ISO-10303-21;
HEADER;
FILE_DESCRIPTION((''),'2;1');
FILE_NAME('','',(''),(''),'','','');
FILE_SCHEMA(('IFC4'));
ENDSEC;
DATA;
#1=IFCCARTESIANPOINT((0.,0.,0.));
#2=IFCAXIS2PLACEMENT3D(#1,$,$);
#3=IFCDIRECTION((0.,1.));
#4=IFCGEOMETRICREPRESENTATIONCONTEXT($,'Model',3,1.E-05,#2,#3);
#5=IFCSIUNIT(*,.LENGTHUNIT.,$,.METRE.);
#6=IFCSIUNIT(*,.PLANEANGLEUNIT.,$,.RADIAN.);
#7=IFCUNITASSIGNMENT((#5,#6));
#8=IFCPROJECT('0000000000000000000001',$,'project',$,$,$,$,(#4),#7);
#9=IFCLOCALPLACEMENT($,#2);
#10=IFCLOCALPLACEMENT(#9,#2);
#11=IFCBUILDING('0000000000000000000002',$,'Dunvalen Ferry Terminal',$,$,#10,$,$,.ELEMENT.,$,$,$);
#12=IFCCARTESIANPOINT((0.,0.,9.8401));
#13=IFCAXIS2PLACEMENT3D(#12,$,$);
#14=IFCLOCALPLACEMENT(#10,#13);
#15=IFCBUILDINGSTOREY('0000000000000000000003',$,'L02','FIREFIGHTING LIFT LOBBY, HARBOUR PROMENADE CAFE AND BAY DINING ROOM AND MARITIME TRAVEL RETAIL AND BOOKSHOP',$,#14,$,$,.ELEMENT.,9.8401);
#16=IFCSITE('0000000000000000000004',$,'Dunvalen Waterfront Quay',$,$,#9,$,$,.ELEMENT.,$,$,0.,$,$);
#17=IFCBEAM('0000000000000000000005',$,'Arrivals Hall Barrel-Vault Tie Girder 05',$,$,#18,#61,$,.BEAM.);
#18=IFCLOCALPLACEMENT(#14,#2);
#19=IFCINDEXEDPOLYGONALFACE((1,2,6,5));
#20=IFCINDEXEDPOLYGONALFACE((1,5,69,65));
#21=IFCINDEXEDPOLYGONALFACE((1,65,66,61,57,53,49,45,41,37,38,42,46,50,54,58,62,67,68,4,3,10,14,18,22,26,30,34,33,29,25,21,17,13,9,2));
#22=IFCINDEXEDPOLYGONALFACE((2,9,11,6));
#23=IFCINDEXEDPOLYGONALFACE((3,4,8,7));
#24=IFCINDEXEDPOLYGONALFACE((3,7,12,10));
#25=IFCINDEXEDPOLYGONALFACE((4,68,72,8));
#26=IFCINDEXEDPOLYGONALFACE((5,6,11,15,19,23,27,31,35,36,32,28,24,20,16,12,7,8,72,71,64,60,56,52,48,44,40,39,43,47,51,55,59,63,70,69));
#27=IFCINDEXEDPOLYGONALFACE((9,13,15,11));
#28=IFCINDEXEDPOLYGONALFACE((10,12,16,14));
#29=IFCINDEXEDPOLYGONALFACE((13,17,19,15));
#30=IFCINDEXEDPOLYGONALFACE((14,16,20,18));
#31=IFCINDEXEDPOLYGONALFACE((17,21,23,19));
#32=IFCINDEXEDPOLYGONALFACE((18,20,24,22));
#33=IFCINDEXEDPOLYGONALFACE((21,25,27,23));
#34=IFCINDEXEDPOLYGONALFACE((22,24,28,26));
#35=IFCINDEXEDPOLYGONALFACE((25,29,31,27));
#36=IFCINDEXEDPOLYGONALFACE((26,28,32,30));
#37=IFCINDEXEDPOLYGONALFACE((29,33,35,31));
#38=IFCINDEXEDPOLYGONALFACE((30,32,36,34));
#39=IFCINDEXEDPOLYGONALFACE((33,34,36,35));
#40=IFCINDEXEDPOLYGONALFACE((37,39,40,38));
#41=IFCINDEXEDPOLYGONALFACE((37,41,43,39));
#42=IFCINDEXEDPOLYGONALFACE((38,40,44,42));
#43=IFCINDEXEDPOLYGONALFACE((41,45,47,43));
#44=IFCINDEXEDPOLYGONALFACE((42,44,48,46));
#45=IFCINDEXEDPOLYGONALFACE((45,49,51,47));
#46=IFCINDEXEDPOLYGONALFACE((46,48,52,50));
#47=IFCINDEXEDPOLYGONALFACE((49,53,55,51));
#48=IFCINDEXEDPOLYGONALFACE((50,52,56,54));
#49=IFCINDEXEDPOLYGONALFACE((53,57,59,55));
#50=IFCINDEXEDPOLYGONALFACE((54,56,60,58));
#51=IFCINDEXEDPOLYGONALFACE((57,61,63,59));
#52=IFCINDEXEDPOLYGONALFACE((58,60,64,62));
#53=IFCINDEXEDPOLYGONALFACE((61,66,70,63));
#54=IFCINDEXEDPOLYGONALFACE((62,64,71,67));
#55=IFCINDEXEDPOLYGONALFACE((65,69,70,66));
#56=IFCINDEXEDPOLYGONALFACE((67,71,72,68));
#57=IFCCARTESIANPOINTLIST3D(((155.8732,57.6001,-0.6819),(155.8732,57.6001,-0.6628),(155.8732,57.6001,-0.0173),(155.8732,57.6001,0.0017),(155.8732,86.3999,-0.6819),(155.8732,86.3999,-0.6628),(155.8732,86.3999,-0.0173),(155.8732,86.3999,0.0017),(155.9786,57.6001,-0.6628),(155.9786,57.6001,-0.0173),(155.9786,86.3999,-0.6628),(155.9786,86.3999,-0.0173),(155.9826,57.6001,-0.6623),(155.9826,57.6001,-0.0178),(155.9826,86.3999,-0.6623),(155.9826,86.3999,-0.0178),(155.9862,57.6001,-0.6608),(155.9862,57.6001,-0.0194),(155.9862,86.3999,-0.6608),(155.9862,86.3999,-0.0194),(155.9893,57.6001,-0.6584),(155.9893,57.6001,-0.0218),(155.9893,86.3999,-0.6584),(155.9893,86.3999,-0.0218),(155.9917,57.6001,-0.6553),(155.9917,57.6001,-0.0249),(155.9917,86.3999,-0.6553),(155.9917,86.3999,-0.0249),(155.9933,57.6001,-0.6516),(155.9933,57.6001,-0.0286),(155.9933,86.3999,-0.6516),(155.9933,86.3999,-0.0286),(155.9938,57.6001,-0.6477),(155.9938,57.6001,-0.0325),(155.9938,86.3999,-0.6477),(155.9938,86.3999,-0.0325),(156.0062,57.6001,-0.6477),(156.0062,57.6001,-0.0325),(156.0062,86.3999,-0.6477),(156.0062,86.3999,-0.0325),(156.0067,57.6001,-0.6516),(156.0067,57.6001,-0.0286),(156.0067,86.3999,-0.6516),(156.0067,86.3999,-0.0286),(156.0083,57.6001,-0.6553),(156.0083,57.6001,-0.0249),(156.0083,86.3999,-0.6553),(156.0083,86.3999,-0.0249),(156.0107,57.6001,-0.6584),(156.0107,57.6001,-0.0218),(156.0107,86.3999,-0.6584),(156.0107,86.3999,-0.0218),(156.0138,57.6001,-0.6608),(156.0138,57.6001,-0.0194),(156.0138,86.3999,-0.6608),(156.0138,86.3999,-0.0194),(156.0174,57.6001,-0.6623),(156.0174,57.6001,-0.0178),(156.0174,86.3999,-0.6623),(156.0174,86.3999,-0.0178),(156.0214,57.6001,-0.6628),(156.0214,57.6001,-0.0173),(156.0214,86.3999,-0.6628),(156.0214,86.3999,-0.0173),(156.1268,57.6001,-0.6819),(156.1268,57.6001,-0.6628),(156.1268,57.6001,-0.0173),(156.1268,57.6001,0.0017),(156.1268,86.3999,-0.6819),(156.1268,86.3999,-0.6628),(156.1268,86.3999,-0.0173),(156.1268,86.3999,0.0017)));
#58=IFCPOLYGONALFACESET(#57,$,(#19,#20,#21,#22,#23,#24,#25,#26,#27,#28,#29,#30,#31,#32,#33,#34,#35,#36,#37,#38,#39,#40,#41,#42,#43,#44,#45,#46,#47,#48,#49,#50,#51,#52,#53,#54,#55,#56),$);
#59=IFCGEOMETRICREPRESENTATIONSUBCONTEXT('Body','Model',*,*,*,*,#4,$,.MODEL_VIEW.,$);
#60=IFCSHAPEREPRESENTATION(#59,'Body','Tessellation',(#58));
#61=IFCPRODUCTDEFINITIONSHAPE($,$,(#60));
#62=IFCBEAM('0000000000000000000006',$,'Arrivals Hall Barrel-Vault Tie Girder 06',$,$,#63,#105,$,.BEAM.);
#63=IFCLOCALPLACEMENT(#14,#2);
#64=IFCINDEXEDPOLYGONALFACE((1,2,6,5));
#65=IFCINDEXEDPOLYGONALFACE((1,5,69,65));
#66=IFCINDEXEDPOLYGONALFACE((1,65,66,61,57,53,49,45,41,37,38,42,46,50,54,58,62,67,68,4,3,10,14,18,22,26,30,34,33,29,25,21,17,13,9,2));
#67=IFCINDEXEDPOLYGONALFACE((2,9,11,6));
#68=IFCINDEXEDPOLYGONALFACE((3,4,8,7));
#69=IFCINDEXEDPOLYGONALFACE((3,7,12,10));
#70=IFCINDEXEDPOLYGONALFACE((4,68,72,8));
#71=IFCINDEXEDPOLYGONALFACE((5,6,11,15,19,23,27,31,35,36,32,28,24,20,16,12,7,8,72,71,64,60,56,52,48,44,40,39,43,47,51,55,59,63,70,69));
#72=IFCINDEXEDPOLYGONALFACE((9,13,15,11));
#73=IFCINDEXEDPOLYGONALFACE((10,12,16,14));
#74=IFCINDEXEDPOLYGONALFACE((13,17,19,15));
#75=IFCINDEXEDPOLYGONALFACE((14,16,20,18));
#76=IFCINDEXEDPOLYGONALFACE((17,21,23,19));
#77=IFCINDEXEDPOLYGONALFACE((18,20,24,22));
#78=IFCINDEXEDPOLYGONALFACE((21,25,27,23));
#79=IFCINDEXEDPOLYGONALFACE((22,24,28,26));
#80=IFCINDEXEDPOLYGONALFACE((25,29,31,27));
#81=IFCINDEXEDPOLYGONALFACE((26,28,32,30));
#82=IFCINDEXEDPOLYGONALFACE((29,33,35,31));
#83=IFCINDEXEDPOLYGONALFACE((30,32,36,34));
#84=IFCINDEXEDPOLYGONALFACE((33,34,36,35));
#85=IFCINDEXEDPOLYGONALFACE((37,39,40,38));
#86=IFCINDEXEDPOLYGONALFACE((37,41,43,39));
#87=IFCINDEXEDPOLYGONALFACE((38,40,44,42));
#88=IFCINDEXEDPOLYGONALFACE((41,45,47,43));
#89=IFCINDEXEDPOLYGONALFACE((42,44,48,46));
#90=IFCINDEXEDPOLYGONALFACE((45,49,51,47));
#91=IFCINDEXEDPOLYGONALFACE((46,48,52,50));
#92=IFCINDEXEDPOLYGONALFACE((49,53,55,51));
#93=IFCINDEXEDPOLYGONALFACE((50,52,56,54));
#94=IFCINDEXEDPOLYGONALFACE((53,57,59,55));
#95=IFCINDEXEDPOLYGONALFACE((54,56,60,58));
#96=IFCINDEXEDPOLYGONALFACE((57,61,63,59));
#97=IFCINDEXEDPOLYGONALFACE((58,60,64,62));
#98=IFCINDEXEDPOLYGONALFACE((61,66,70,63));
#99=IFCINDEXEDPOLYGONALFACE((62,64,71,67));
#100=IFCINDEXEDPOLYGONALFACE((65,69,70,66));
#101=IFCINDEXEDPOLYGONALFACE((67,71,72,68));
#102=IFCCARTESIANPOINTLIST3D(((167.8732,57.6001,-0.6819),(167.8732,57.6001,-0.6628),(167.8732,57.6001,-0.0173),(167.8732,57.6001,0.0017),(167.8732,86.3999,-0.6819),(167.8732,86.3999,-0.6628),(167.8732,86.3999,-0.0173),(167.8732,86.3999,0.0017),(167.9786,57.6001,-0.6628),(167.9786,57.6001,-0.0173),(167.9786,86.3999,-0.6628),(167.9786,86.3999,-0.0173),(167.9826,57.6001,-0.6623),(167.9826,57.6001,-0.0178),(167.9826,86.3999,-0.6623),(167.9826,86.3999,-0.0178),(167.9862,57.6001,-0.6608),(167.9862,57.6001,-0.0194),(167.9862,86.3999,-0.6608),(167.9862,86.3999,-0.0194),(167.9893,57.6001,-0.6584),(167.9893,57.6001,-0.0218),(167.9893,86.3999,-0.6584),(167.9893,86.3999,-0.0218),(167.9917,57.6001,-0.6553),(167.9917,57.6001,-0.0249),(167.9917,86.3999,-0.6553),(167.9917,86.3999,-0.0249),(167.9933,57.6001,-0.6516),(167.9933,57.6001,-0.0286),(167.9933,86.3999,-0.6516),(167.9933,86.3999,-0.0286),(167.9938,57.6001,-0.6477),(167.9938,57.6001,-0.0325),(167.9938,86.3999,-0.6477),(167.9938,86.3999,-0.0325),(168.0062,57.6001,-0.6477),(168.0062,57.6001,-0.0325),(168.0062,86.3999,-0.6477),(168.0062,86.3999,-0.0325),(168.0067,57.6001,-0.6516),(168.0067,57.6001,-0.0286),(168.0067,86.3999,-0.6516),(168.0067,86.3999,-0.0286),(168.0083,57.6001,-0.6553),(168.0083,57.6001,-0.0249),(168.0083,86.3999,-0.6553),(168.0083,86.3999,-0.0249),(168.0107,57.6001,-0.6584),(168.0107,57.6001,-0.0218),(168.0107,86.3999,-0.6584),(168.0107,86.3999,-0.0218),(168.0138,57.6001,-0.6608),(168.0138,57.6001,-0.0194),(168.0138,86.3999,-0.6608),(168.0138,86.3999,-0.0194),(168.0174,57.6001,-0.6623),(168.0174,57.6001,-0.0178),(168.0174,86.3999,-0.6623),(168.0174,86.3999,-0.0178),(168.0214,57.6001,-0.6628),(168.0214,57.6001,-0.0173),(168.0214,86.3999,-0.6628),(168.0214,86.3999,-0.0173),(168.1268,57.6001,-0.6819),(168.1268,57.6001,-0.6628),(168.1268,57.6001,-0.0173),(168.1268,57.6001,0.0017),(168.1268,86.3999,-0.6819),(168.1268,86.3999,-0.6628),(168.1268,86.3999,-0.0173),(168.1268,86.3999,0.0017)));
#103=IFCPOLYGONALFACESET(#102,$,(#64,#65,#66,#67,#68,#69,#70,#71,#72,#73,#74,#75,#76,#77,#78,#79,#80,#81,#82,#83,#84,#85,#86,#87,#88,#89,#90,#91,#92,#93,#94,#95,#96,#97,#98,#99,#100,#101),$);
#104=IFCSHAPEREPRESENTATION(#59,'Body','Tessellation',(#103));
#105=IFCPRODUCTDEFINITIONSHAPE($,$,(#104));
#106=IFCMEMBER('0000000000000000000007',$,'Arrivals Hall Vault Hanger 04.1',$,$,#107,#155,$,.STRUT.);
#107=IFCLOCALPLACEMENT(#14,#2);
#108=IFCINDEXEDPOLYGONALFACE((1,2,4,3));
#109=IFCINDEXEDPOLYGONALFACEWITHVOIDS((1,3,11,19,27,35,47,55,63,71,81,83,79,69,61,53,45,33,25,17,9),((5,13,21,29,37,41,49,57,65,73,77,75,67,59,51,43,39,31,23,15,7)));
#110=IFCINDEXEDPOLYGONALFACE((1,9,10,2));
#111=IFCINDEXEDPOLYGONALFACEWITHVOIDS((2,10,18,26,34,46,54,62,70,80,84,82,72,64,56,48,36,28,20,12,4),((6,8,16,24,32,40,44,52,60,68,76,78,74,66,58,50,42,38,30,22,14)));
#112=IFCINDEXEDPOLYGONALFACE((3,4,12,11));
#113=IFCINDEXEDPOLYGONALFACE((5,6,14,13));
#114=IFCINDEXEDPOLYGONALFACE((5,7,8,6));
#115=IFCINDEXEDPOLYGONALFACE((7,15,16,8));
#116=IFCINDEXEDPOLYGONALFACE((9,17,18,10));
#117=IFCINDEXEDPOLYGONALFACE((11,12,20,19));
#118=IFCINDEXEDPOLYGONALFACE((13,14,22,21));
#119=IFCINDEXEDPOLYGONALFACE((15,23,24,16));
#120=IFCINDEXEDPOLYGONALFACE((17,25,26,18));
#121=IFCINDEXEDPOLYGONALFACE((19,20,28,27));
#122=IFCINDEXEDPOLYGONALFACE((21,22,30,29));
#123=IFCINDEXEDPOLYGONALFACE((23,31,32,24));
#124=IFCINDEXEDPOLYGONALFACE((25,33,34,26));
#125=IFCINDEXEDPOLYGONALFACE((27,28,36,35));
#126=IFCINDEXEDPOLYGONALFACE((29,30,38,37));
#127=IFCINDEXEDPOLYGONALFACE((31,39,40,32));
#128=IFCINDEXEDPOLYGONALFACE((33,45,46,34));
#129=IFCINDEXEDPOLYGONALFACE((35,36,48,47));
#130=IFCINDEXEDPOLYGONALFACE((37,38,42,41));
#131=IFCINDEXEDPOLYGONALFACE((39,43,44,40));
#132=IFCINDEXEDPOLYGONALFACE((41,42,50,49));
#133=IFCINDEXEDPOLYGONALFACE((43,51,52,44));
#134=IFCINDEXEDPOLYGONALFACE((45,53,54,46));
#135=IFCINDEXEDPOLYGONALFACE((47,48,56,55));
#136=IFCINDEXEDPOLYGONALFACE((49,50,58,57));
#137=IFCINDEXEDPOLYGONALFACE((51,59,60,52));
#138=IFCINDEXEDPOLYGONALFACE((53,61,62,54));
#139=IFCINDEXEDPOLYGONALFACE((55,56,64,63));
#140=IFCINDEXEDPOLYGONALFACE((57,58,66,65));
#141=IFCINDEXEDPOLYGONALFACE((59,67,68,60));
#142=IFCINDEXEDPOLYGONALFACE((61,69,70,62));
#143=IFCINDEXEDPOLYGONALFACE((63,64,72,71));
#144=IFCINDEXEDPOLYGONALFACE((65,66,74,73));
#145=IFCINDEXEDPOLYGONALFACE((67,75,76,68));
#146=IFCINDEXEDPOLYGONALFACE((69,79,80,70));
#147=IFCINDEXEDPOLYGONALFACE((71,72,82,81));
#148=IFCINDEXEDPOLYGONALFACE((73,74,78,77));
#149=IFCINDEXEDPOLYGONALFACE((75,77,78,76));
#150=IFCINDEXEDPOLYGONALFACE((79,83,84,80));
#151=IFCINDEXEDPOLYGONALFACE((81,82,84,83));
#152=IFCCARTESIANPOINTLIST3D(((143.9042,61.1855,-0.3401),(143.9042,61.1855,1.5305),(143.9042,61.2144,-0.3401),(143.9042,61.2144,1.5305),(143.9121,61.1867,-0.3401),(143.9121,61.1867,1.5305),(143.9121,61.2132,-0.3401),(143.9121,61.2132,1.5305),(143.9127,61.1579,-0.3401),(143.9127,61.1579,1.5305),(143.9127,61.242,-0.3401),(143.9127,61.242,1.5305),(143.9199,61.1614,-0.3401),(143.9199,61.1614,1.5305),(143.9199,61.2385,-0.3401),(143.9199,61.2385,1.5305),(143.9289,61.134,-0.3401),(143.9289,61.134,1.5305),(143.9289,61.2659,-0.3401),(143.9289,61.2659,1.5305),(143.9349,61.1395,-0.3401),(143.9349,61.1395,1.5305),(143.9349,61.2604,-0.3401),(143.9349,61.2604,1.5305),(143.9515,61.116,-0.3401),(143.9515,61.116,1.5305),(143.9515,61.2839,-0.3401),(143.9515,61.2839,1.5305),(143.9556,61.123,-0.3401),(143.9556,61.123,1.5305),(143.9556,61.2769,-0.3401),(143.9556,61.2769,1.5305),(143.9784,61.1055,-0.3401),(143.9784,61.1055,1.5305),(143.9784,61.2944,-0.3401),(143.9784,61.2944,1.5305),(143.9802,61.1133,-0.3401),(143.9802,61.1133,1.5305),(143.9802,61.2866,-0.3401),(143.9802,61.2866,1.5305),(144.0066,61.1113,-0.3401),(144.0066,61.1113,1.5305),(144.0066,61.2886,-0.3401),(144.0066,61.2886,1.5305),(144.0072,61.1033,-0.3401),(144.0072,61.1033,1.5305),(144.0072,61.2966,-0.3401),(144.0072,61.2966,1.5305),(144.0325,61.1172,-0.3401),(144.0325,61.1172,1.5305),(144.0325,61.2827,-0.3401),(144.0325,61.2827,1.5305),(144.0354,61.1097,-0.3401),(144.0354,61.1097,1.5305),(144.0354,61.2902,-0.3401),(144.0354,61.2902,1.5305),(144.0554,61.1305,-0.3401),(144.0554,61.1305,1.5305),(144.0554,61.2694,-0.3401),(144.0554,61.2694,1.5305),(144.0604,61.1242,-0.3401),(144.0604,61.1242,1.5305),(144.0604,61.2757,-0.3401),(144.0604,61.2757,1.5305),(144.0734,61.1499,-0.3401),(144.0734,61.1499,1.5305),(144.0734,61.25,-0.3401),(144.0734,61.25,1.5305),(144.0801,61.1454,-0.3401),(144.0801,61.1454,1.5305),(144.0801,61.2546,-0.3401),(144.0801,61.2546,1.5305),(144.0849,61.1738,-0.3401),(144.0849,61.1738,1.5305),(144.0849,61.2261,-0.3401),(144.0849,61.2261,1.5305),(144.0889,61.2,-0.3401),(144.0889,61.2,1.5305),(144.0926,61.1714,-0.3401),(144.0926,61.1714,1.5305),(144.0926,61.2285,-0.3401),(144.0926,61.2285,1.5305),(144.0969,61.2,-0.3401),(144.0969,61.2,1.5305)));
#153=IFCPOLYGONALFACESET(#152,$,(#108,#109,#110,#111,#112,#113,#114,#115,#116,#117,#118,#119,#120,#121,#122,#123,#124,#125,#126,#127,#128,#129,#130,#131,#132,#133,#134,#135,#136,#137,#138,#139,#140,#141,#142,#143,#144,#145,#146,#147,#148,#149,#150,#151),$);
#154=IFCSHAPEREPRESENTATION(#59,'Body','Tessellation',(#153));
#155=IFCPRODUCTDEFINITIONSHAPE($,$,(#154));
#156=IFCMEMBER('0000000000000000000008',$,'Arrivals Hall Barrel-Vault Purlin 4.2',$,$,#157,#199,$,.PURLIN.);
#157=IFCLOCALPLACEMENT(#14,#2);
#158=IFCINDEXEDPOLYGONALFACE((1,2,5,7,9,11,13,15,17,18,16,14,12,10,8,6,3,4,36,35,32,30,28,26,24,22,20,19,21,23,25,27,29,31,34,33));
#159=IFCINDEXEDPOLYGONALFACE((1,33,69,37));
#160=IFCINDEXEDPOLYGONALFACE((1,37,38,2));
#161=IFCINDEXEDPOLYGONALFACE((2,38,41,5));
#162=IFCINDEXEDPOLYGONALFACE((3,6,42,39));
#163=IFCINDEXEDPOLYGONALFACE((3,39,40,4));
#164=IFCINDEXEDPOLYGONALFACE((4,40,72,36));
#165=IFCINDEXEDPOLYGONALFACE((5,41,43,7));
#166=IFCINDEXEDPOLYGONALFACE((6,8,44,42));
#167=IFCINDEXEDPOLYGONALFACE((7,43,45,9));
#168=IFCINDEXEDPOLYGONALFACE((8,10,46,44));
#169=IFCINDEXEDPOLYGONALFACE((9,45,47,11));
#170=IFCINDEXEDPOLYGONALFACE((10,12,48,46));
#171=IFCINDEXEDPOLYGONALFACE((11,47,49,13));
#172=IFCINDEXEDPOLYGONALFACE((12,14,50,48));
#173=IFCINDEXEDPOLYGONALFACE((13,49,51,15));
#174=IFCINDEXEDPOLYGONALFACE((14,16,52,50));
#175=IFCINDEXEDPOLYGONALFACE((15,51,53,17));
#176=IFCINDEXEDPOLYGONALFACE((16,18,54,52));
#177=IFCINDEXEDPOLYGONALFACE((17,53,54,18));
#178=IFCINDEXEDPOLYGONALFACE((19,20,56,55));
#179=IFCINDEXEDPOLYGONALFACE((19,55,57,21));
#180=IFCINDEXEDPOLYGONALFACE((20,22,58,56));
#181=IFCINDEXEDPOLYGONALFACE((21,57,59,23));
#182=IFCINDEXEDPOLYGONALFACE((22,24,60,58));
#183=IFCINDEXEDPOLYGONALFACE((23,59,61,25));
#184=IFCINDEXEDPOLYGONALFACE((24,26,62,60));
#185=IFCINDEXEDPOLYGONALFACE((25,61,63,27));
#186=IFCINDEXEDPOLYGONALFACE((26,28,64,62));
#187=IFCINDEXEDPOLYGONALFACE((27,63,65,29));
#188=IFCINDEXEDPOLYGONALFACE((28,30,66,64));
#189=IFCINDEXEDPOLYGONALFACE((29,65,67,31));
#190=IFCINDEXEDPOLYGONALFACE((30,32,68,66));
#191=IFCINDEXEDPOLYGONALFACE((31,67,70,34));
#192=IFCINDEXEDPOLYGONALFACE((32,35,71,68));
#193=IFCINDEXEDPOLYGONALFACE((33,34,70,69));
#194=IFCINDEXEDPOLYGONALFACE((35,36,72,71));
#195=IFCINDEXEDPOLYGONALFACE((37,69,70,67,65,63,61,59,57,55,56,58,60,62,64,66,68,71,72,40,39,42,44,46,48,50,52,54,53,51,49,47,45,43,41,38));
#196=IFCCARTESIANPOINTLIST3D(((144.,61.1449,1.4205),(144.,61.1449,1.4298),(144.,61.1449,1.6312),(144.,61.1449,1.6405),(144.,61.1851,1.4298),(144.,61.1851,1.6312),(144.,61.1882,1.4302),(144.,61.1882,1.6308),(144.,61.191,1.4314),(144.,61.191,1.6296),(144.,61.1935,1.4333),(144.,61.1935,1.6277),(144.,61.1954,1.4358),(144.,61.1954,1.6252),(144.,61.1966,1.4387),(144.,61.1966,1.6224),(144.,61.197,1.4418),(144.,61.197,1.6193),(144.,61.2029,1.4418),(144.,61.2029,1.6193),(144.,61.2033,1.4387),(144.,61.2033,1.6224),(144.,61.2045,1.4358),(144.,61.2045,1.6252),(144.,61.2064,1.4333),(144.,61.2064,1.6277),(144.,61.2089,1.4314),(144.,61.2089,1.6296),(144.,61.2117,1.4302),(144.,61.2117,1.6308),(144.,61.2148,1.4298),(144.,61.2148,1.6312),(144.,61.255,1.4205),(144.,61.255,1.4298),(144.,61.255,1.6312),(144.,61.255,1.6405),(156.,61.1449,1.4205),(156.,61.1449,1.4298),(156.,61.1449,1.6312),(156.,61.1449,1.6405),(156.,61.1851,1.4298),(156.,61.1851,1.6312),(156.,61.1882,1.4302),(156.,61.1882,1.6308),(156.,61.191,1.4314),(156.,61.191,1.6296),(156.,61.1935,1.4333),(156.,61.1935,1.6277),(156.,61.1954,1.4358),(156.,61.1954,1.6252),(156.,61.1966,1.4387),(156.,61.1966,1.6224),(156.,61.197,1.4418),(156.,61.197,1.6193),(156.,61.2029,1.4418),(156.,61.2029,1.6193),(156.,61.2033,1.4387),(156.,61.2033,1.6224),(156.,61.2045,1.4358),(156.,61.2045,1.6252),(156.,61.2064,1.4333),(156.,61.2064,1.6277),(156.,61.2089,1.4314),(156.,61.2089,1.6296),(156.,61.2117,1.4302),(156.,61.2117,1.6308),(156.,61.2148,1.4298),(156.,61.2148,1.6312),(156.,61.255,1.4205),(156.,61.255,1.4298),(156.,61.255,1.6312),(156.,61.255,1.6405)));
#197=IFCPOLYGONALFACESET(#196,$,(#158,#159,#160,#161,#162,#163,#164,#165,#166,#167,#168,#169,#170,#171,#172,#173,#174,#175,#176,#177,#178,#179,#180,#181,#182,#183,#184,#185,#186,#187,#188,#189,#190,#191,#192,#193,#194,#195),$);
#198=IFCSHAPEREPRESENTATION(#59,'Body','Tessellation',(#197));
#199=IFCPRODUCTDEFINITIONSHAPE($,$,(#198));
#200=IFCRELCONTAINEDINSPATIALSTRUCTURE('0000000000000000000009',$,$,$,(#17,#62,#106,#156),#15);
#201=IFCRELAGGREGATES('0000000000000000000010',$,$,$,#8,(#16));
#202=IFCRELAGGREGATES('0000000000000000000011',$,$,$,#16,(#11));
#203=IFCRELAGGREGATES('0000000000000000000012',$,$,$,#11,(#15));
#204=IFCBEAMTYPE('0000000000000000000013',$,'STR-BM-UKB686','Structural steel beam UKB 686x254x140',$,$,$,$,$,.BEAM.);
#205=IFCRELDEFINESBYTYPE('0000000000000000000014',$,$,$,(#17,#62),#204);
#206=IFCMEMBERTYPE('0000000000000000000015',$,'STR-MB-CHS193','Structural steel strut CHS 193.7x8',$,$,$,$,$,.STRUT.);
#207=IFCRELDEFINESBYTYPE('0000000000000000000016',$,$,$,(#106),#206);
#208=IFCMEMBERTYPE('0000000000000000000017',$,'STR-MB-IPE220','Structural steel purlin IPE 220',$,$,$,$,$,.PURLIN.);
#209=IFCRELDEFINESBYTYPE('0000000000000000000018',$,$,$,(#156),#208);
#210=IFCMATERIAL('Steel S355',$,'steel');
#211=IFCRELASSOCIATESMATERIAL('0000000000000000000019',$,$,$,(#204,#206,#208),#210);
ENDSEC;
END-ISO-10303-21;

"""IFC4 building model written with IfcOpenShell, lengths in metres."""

from ifc_helpers import new_model, si_unit, direction, frame, origin, origin_2d, place, context, subcontext, project, spatial, hollow_circle, i_section, extrude, material, material_profile, profile_set, type_object, element, save


model = new_model("IFC4")

# Units and contexts
model_context = context("Model", 3, precision=1e-05, world=origin(), true_north=direction((0.0, 1.0)))
body_context = subcontext(model_context, "Body", "Model", "MODEL_VIEW")
ifc_project = project(units=[si_unit("LENGTHUNIT", "METRE"), si_unit("PLANEANGLEUNIT", "RADIAN")], contexts=[model_context])

# Site, building, storey
site_placement = place(None, origin())
site = spatial("IfcSite", under=ifc_project, at=site_placement, Name="Dunvalen Waterfront Quay", CompositionType="ELEMENT", RefElevation=0.0)
building_placement = place(site_placement, origin())
building = spatial("IfcBuilding", under=site, at=building_placement, Name="Dunvalen Ferry Terminal", CompositionType="ELEMENT")
storey_placement = place(building_placement, frame((0.0, 0.0, 9.8401)))
storey = spatial("IfcBuildingStorey", under=building, at=storey_placement, Name="L02", Description="FIREFIGHTING LIFT LOBBY, HARBOUR PROMENADE CAFE AND BAY DINING ROOM AND MARITIME TRAVEL RETAIL AND BOOKSHOP", CompositionType="ELEMENT", Elevation=9.8401)

# Beams
ifc_material_1 = material(Name="Steel S355", Category="steel")
ifc_material_profile_1 = material_profile(ifc_material_1, i_section(OverallWidth=0.2537, OverallDepth=0.6836, WebThickness=0.0125, FlangeThickness=0.019, FilletRadius=0.0151, at=origin_2d()), Name="Steel S355")
ifc_profile_set_1 = profile_set([ifc_material_profile_1], Name="Steel S355")
beam_type_1 = type_object("IfcBeamType", Name="STR-BM-UKB686", Description="Structural steel beam UKB 686x254x140", PredefinedType="BEAM", material=ifc_profile_set_1)
for number, where, z_axis, x_axis, name in (
    (1, (156.0, 57.6001, -0.3401), (0.0, 1.0, 0.0), (-1.0, 0.0, 0.0), "Arrivals Hall Barrel-Vault Tie Girder 05"),
    (2, (168.0, 57.6001, -0.3401), (0.0, 1.0, 0.0), (-1.0, 0.0, 0.0), "Arrivals Hall Barrel-Vault Tie Girder 06"),
):
    element("IfcBeam", number, at=place(storey_placement, frame(where, z_axis=z_axis, x_axis=x_axis)), inside=storey, type_object=beam_type_1, Name=name, PredefinedType="BEAM", context=body_context, shape_type="SweptSolid", body=[
        extrude(i_section(OverallWidth=0.2537, OverallDepth=0.6836, WebThickness=0.0125, FlangeThickness=0.019, FilletRadius=0.0151, at=origin_2d()), origin(), (0.0, 0.0, 1.0), 28.7998),
    ])

# Members
ifc_material_profile_2 = material_profile(ifc_material_1, hollow_circle(Radius=0.0969, WallThickness=0.0081, at=origin_2d()), Name="Steel S355")
ifc_profile_set_2 = profile_set([ifc_material_profile_2], Name="Steel S355")
member_type_1 = type_object("IfcMemberType", Name="STR-MB-CHS193", Description="Structural steel strut CHS 193.7x8", PredefinedType="STRUT", material=ifc_profile_set_2)
member_1_placement = place(storey_placement, frame((144.0, 61.2, -0.3401), z_axis=(0.0, 0.0, 1.0), x_axis=(1.0, 0.0, 0.0)))
element("IfcMember", 3, at=member_1_placement, inside=storey, type_object=member_type_1, Name="Arrivals Hall Vault Hanger 04.1", PredefinedType="STRUT", context=body_context, shape_type="SweptSolid", body=[
    extrude(hollow_circle(Radius=0.0969, WallThickness=0.0081, at=origin_2d()), origin(), (0.0, 0.0, 1.0), 1.8706),
])
ifc_material_profile_3 = material_profile(ifc_material_1, i_section(OverallWidth=0.1101, OverallDepth=0.22, WebThickness=0.0059, FlangeThickness=0.0093, FilletRadius=0.012, at=origin_2d()), Name="Steel S355")
ifc_profile_set_3 = profile_set([ifc_material_profile_3], Name="Steel S355")
member_type_2 = type_object("IfcMemberType", Name="STR-MB-IPE220", Description="Structural steel purlin IPE 220", PredefinedType="PURLIN", material=ifc_profile_set_3)
member_2_placement = place(storey_placement, frame((144.0, 61.2, 1.5305), z_axis=(1.0, 0.0, 0.0), x_axis=(0.0, 1.0, 0.0)))
element("IfcMember", 4, at=member_2_placement, inside=storey, type_object=member_type_2, Name="Arrivals Hall Barrel-Vault Purlin 4.2", PredefinedType="PURLIN", context=body_context, shape_type="SweptSolid", body=[
    extrude(i_section(OverallWidth=0.1101, OverallDepth=0.22, WebThickness=0.0059, FlangeThickness=0.0093, FilletRadius=0.012, at=origin_2d()), origin(), (0.0, 0.0, 1.0), 12.0),
])

save(model, "model.ifc")
